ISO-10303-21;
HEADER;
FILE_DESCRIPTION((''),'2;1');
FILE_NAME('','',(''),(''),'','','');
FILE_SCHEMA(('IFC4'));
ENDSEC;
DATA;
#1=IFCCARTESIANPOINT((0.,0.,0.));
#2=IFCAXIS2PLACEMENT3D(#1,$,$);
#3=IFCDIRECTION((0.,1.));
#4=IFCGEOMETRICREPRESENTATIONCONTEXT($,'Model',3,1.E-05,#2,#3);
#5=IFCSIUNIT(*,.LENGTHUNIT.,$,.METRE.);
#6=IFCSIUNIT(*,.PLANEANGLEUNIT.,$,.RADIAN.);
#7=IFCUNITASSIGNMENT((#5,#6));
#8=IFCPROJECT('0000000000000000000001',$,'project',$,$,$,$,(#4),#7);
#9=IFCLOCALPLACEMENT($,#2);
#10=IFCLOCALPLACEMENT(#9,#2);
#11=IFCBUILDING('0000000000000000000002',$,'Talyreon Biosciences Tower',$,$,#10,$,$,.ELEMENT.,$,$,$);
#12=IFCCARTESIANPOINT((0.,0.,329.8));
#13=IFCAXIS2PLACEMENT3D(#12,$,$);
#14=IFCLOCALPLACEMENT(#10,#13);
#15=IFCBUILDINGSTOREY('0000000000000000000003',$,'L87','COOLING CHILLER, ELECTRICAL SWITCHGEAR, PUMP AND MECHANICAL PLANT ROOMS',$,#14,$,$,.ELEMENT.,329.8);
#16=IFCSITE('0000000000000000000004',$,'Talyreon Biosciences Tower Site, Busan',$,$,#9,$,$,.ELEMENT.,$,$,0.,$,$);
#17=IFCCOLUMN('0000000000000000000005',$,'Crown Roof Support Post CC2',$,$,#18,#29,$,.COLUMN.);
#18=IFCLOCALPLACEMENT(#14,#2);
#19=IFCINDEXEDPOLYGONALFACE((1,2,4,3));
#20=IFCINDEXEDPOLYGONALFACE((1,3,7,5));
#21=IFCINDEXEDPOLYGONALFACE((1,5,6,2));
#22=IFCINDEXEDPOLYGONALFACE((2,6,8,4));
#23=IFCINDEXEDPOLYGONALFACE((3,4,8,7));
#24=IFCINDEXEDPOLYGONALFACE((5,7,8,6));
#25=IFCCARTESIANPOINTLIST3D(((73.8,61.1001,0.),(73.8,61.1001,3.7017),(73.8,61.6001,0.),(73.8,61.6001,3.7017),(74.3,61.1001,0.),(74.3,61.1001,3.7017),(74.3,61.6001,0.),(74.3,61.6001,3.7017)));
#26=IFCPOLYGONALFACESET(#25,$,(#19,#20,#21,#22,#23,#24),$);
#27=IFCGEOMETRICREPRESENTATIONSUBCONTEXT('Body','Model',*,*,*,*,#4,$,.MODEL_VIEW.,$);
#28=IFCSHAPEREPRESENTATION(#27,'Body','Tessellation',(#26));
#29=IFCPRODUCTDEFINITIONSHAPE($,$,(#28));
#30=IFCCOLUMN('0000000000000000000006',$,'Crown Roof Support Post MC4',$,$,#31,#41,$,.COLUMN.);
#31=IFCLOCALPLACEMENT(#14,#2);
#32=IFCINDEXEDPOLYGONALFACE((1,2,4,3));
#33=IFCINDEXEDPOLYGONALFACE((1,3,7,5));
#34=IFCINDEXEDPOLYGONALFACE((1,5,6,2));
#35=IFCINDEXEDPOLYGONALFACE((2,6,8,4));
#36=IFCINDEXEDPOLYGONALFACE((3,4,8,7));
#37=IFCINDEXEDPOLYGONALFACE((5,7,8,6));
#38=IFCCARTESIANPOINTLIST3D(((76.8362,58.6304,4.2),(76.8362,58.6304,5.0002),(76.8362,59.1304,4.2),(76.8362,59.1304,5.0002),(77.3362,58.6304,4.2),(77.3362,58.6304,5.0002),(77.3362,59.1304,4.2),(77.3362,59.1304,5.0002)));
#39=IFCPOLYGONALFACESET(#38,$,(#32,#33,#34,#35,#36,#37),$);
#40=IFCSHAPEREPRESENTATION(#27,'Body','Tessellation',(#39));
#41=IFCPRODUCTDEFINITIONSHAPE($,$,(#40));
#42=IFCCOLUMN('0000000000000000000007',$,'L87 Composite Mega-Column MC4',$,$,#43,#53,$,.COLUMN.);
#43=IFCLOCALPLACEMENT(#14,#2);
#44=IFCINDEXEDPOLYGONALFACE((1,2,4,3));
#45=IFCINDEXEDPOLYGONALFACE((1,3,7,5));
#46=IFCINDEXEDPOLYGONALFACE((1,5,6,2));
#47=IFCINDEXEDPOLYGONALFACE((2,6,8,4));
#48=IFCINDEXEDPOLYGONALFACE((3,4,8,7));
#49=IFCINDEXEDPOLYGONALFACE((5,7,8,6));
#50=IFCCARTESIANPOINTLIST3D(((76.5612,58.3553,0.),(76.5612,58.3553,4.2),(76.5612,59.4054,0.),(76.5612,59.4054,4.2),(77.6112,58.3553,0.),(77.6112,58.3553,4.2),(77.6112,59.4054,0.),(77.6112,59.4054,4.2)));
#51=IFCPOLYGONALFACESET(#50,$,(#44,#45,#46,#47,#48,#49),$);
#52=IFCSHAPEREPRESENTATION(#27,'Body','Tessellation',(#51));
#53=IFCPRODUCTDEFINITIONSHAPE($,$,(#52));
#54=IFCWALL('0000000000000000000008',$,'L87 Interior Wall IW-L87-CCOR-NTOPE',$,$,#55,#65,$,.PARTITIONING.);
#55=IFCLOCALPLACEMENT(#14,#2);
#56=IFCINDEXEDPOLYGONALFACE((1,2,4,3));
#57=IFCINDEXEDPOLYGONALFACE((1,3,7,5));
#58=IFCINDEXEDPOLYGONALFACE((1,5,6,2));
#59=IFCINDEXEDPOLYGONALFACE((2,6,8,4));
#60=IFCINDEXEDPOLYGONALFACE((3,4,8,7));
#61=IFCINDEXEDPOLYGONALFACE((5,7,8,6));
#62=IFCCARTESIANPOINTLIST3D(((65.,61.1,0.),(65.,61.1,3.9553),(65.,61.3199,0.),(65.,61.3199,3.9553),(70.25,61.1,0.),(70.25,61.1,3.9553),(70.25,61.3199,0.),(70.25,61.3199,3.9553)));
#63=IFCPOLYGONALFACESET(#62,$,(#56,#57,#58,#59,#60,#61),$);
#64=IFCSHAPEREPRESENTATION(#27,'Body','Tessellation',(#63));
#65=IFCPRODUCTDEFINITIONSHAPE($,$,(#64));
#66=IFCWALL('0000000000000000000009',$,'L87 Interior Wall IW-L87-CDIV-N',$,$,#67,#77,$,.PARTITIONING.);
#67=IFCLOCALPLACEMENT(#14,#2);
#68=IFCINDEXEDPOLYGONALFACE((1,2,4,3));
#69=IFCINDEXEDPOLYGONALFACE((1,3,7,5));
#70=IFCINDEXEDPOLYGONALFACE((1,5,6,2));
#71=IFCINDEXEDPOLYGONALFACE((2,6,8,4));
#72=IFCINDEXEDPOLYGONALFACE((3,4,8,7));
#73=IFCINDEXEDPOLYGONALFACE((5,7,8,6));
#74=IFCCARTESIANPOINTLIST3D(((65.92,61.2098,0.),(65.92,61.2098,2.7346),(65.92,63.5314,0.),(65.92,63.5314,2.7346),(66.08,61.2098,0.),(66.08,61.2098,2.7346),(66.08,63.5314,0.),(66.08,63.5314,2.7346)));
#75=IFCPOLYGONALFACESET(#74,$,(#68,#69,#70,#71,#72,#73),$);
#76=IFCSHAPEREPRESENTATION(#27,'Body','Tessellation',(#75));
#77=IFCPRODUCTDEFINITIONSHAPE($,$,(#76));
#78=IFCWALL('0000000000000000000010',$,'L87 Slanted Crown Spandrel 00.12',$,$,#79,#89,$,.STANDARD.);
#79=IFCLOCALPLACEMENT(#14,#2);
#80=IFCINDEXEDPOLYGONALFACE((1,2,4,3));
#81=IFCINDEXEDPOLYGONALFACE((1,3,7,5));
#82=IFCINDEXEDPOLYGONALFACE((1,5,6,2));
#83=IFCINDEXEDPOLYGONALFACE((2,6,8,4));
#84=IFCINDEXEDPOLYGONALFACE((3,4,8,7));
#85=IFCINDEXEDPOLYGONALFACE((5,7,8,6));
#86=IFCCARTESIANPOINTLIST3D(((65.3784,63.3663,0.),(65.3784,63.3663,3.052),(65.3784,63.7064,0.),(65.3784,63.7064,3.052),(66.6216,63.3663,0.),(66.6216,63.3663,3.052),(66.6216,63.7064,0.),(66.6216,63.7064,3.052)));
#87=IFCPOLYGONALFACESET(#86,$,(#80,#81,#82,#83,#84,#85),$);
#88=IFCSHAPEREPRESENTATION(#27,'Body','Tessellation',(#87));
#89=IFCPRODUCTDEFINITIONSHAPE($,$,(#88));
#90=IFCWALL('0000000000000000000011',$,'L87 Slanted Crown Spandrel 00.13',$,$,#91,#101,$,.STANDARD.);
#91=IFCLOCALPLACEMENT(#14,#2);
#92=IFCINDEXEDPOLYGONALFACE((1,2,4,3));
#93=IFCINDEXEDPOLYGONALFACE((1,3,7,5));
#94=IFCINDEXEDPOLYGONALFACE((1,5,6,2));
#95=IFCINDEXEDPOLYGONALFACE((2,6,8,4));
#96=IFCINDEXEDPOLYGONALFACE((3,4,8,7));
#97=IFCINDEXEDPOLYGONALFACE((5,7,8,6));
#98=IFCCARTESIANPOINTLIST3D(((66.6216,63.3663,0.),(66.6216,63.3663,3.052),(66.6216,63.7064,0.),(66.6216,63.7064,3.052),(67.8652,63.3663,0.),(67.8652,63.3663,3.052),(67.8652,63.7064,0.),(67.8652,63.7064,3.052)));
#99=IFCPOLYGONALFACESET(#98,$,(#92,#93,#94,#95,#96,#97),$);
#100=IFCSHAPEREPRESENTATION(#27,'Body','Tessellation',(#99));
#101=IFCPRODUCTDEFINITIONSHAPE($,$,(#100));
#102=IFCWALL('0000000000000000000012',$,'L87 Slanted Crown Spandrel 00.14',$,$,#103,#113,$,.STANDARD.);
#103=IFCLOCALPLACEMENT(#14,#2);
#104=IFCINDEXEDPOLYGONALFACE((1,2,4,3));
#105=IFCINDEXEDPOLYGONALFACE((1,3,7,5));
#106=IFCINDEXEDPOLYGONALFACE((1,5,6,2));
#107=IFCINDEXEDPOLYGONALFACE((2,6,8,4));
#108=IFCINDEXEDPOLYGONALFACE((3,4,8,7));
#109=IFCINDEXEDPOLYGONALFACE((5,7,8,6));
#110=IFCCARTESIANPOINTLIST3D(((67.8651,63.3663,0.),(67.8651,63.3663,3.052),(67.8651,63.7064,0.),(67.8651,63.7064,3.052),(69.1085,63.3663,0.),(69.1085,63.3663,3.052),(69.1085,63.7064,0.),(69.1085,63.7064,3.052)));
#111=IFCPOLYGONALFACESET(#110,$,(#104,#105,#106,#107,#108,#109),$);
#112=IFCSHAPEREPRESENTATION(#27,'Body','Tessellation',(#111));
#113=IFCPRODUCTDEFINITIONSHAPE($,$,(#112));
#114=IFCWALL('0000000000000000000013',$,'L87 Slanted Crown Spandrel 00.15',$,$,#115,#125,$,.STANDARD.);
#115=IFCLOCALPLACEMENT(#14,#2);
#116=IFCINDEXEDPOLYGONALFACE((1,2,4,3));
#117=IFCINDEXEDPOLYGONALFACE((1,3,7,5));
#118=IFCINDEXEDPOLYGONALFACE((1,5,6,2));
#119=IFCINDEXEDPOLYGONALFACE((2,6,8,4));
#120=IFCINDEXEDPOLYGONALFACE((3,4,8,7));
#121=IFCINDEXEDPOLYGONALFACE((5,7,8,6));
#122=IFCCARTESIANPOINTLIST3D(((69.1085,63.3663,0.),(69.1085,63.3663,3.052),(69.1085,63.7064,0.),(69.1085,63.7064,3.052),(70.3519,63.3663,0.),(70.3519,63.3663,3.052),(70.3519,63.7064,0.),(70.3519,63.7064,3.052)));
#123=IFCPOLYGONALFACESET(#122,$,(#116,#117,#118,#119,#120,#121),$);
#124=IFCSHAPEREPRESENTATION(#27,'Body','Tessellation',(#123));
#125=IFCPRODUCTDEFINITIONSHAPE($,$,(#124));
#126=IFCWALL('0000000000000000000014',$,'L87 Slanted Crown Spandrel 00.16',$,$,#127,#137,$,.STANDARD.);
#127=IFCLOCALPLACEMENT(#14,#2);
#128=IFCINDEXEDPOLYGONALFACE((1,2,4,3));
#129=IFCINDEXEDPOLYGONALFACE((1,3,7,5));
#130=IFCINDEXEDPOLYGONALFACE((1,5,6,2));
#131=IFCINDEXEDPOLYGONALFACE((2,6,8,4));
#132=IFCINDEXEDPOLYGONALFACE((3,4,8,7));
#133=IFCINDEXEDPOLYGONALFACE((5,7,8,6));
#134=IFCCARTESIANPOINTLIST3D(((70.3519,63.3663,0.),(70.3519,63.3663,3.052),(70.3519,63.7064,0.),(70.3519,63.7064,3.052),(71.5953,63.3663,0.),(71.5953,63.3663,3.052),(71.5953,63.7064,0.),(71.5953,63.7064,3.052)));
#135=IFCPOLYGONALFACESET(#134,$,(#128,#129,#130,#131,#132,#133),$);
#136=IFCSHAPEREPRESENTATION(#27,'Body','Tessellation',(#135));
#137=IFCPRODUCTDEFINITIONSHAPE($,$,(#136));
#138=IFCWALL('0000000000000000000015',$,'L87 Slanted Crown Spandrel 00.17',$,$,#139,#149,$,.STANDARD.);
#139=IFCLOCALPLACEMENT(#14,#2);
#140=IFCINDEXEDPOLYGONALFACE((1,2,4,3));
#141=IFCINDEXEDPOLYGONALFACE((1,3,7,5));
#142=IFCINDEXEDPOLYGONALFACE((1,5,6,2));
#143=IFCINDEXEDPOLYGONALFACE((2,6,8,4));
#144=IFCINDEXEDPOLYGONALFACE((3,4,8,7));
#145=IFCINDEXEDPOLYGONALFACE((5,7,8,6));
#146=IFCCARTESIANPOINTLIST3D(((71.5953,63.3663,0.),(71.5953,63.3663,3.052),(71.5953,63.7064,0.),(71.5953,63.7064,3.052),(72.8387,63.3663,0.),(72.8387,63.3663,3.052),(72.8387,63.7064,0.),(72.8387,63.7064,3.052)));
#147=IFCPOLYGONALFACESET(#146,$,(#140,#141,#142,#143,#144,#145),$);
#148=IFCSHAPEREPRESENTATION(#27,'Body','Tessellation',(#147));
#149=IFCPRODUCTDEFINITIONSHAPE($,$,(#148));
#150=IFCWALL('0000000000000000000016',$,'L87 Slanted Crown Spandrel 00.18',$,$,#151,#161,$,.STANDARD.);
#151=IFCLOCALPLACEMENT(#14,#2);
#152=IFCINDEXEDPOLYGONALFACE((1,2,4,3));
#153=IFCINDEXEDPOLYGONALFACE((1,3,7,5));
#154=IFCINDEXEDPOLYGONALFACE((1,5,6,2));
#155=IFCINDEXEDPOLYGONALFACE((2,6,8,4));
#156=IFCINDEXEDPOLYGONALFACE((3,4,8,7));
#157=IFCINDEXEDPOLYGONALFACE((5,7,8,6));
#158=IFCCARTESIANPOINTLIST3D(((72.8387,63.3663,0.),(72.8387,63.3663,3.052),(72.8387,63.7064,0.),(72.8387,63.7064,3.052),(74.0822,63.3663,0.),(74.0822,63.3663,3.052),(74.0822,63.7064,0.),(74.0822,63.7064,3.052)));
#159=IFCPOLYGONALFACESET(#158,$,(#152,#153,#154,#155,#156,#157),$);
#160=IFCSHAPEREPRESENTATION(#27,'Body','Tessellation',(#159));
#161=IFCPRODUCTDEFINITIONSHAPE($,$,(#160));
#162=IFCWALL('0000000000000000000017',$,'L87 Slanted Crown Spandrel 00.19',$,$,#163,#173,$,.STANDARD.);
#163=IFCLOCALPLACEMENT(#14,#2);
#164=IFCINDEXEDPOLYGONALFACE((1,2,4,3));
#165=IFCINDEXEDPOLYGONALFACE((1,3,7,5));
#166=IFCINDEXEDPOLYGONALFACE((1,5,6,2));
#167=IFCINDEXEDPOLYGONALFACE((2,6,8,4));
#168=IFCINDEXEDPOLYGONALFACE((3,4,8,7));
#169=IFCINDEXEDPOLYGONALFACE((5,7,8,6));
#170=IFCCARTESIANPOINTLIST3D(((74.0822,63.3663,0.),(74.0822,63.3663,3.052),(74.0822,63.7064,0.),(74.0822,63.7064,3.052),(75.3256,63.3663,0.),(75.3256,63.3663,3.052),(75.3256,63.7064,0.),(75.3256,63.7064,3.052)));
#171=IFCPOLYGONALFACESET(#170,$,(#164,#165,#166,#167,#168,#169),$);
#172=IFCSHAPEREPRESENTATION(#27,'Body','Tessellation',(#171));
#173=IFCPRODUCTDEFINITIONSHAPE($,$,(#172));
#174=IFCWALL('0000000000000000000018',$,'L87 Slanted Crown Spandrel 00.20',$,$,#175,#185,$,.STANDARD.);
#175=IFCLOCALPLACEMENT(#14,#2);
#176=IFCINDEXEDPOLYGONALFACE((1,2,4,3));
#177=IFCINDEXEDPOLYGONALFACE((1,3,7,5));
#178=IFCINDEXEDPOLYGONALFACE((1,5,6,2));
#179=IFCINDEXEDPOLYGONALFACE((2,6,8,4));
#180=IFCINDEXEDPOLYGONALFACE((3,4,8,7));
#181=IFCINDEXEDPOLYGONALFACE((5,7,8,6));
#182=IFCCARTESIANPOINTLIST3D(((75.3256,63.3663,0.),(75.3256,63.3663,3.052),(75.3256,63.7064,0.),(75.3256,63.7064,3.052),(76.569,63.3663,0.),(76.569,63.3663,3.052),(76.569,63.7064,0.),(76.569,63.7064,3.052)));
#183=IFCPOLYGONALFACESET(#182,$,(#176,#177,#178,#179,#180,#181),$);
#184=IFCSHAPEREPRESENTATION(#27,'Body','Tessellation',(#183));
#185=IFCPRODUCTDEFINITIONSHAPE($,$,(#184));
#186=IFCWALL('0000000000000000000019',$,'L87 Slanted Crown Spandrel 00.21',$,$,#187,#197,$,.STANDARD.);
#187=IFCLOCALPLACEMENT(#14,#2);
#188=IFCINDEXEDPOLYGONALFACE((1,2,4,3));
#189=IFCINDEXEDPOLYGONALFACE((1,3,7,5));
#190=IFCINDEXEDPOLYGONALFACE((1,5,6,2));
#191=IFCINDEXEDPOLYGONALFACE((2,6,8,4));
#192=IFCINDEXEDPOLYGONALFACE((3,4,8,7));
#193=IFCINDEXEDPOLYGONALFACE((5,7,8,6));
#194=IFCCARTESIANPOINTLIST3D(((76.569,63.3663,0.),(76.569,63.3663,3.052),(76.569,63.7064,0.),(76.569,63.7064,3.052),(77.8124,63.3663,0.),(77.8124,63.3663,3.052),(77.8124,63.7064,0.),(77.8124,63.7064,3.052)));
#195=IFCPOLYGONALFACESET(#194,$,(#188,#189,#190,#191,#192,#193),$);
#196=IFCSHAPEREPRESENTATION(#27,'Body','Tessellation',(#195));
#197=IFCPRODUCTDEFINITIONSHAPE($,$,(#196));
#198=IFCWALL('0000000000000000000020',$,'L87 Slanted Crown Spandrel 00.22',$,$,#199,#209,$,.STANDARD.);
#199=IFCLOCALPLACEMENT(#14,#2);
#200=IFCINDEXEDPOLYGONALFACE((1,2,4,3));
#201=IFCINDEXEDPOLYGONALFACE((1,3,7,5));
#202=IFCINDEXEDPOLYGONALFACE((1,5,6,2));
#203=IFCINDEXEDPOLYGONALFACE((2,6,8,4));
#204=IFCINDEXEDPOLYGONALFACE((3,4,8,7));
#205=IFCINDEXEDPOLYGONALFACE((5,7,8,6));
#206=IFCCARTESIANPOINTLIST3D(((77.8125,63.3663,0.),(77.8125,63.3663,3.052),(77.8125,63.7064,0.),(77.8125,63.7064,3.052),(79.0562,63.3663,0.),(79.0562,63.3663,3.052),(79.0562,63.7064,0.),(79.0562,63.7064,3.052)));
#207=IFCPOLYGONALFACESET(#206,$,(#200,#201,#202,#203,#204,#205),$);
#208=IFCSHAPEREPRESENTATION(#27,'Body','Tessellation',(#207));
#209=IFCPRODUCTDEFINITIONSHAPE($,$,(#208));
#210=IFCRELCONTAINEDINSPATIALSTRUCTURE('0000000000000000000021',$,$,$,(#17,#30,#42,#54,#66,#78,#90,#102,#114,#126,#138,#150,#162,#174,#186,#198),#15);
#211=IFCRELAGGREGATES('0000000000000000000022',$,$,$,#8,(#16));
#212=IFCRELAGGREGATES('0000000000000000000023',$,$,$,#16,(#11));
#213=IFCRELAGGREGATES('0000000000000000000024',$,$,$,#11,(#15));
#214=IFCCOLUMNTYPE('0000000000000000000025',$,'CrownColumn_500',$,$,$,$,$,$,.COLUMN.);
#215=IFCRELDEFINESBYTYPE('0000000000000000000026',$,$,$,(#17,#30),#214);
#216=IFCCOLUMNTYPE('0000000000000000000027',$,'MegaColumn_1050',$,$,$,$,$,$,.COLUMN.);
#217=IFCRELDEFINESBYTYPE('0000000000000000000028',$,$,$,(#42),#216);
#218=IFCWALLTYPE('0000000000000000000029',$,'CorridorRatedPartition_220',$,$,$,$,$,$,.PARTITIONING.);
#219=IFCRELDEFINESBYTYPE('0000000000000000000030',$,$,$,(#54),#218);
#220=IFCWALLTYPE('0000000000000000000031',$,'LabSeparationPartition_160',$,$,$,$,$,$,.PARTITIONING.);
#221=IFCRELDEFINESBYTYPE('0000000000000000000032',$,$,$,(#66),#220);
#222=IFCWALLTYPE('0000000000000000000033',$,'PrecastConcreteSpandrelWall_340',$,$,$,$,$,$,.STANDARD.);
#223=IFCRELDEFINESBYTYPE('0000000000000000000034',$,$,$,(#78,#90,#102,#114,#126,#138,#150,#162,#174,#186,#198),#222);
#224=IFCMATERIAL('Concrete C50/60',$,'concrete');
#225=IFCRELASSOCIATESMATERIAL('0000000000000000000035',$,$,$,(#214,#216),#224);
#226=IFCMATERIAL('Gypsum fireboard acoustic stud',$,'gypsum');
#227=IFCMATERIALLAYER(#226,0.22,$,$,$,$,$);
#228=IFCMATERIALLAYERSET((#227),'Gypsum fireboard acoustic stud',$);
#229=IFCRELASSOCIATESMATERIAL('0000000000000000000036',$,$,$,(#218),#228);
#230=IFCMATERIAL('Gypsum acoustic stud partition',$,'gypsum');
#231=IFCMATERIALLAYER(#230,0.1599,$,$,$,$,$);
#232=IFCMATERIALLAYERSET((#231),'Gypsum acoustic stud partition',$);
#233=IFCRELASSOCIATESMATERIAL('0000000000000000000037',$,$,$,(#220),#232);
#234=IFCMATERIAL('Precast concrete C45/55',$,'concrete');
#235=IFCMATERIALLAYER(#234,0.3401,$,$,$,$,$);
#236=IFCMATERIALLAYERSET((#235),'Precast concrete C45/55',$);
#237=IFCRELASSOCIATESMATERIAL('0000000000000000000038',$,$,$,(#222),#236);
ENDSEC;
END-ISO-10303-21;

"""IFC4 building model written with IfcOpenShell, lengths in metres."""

from ifc_helpers import new_model, si_unit, direction, frame, frame_2d, origin, origin_2d, place, context, subcontext, project, spatial, rectangle, extrude, material, layer, layer_set, material_profile, profile_set, type_object, element, save


model = new_model("IFC4")

# Units and contexts
model_context = context("Model", 3, precision=1e-05, world=origin(), true_north=direction((0.0, 1.0)))
body_context = subcontext(model_context, "Body", "Model", "MODEL_VIEW")
ifc_project = project(units=[si_unit("LENGTHUNIT", "METRE"), si_unit("PLANEANGLEUNIT", "RADIAN")], contexts=[model_context])

# Site, building, storey
site_placement = place(None, origin())
site = spatial("IfcSite", under=ifc_project, at=site_placement, Name="Talyreon Biosciences Tower Site, Busan", CompositionType="ELEMENT", RefElevation=0.0)
building_placement = place(site_placement, origin())
building = spatial("IfcBuilding", under=site, at=building_placement, Name="Talyreon Biosciences Tower", CompositionType="ELEMENT")
storey_placement = place(building_placement, frame((0.0, 0.0, 329.8)))
storey = spatial("IfcBuildingStorey", under=building, at=storey_placement, Name="L87", Description="COOLING CHILLER, ELECTRICAL SWITCHGEAR, PUMP AND MECHANICAL PLANT ROOMS", CompositionType="ELEMENT", Elevation=329.8)

# Columns
ifc_material_1 = material(Name="Concrete C50/60", Category="concrete")
ifc_material_profile_1 = material_profile(ifc_material_1, rectangle(XDim=0.5, YDim=0.5, at=origin_2d()), Name="RC 500x500")
ifc_profile_set_1 = profile_set([ifc_material_profile_1], Name="Concrete C50/60")
column_type_1 = type_object("IfcColumnType", Name="CrownColumn_500", PredefinedType="COLUMN", material=ifc_profile_set_1)
column_1_placement = place(storey_placement, frame((74.05, 61.3501, 0.0), z_axis=(0.0, 0.0, 1.0), x_axis=(1.0, 0.0, 0.0)))
element("IfcColumn", 1, at=column_1_placement, inside=storey, type_object=column_type_1, Name="Crown Roof Support Post CC2", PredefinedType="COLUMN", context=body_context, shape_type="SweptSolid", body=[
    extrude(rectangle(XDim=0.5, YDim=0.5, at=origin_2d()), origin(), (0.0, 0.0, 1.0), 3.7017),
])
column_2_placement = place(storey_placement, frame((77.0862, 58.8804, 4.2), z_axis=(0.0, 0.0, 1.0), x_axis=(1.0, 0.0, 0.0)))
element("IfcColumn", 2, at=column_2_placement, inside=storey, type_object=column_type_1, Name="Crown Roof Support Post MC4", PredefinedType="COLUMN", context=body_context, shape_type="SweptSolid", body=[
    extrude(rectangle(XDim=0.5, YDim=0.5, at=origin_2d()), origin(), (0.0, 0.0, 1.0), 0.8003),
])
ifc_material_profile_2 = material_profile(ifc_material_1, rectangle(XDim=1.05, YDim=1.05, at=origin_2d()), Name="RC 1050x1050")
ifc_profile_set_2 = profile_set([ifc_material_profile_2], Name="Concrete C50/60")
column_type_2 = type_object("IfcColumnType", Name="MegaColumn_1050", PredefinedType="COLUMN", material=ifc_profile_set_2)
column_3_placement = place(storey_placement, frame((77.0862, 58.8804, 0.0), z_axis=(0.0, 0.0, 1.0), x_axis=(1.0, 0.0, 0.0)))
element("IfcColumn", 3, at=column_3_placement, inside=storey, type_object=column_type_2, Name="L87 Composite Mega-Column MC4", PredefinedType="COLUMN", context=body_context, shape_type="SweptSolid", body=[
    extrude(rectangle(XDim=1.05, YDim=1.05, at=origin_2d()), origin(), (0.0, 0.0, 1.0), 4.2),
])

# Walls
ifc_material_2 = material(Name="Gypsum fireboard acoustic stud", Category="gypsum")
ifc_layer_1 = layer(ifc_material_2, 0.22)
ifc_layer_set_1 = layer_set([ifc_layer_1], Name="Gypsum fireboard acoustic stud")
wall_type_1 = type_object("IfcWallType", Name="CorridorRatedPartition_220", PredefinedType="PARTITIONING", material=ifc_layer_set_1)
wall_1_placement = place(storey_placement, frame((65.0, 61.21, 0.0), z_axis=(0.0, 0.0, 1.0), x_axis=(1.0, 0.0, 0.0)))
element("IfcWall", 4, at=wall_1_placement, inside=storey, type_object=wall_type_1, Name="L87 Interior Wall IW-L87-CCOR-NTOPE", PredefinedType="PARTITIONING", context=body_context, shape_type="SweptSolid", body=[
    extrude(rectangle(XDim=5.25, YDim=0.22, at=frame_2d((2.625, 0.0))), origin(), (0.0, 0.0, 1.0), 3.9553),
])
ifc_material_3 = material(Name="Gypsum acoustic stud partition", Category="gypsum")
ifc_layer_2 = layer(ifc_material_3, 0.1599)
ifc_layer_set_2 = layer_set([ifc_layer_2], Name="Gypsum acoustic stud partition")
wall_type_2 = type_object("IfcWallType", Name="LabSeparationPartition_160", PredefinedType="PARTITIONING", material=ifc_layer_set_2)
wall_2_placement = place(storey_placement, frame((66.0, 61.21, 0.0), z_axis=(0.0, 0.0, 1.0), x_axis=(0.0, 1.0, 0.0)))
element("IfcWall", 5, at=wall_2_placement, inside=storey, type_object=wall_type_2, Name="L87 Interior Wall IW-L87-CDIV-N", PredefinedType="PARTITIONING", context=body_context, shape_type="SweptSolid", body=[
    extrude(rectangle(XDim=2.3215, YDim=0.1599, at=frame_2d((1.1606, 0.0))), origin(), (0.0, 0.0, 1.0), 2.7346),
])
ifc_material_4 = material(Name="Precast concrete C45/55", Category="concrete")
ifc_layer_3 = layer(ifc_material_4, 0.3401)
ifc_layer_set_3 = layer_set([ifc_layer_3], Name="Precast concrete C45/55")
wall_type_3 = type_object("IfcWallType", Name="PrecastConcreteSpandrelWall_340", PredefinedType="STANDARD", material=ifc_layer_set_3)
wall_3_placement = place(storey_placement, frame((65.3784, 63.5364, 0.0), z_axis=(0.0, 0.0, 1.0), x_axis=(1.0, 0.0, 0.0)))
element("IfcWall", 6, at=wall_3_placement, inside=storey, type_object=wall_type_3, Name="L87 Slanted Crown Spandrel 00.12", PredefinedType="STANDARD", context=body_context, shape_type="SweptSolid", body=[
    extrude(rectangle(XDim=1.2432, YDim=0.3401, at=frame_2d((0.6216, 0.0))), origin(), (0.0, 0.0, 1.0), 3.052),
])
wall_4_placement = place(storey_placement, frame((66.6216, 63.5364, 0.0), z_axis=(0.0, 0.0, 1.0), x_axis=(1.0, 0.0, 0.0)))
element("IfcWall", 7, at=wall_4_placement, inside=storey, type_object=wall_type_3, Name="L87 Slanted Crown Spandrel 00.13", PredefinedType="STANDARD", context=body_context, shape_type="SweptSolid", body=[
    extrude(rectangle(XDim=1.2437, YDim=0.3401, at=frame_2d((0.6218, 0.0))), origin(), (0.0, 0.0, 1.0), 3.052),
])
for number, where, z_axis, x_axis, name in (
    (8, (67.8652, 63.5364, 0.0), (0.0, 0.0, 1.0), (1.0, 0.0, 0.0), "L87 Slanted Crown Spandrel 00.14"),
    (9, (69.1086, 63.5364, 0.0), (0.0, 0.0, 1.0), (1.0, 0.0, 0.0), "L87 Slanted Crown Spandrel 00.15"),
    (10, (70.3521, 63.5364, 0.0), (0.0, 0.0, 1.0), (1.0, 0.0, 0.0), "L87 Slanted Crown Spandrel 00.16"),
    (11, (71.5955, 63.5364, 0.0), (0.0, 0.0, 1.0), (1.0, 0.0, 0.0), "L87 Slanted Crown Spandrel 00.17"),
    (12, (72.8389, 63.5364, 0.0), (0.0, 0.0, 1.0), (1.0, 0.0, 0.0), "L87 Slanted Crown Spandrel 00.18"),
    (13, (74.0823, 63.5364, 0.0), (0.0, 0.0, 1.0), (1.0, 0.0, 0.0), "L87 Slanted Crown Spandrel 00.19"),
    (14, (75.3257, 63.5364, 0.0), (0.0, 0.0, 1.0), (1.0, 0.0, 0.0), "L87 Slanted Crown Spandrel 00.20"),
    (15, (76.5691, 63.5364, 0.0), (0.0, 0.0, 1.0), (1.0, 0.0, 0.0), "L87 Slanted Crown Spandrel 00.21"),
):
    element("IfcWall", number, at=place(storey_placement, frame(where, z_axis=z_axis, x_axis=x_axis)), inside=storey, type_object=wall_type_3, Name=name, PredefinedType="STANDARD", context=body_context, shape_type="SweptSolid", body=[
        extrude(rectangle(XDim=1.2434, YDim=0.3401, at=frame_2d((0.6216, 0.0))), origin(), (0.0, 0.0, 1.0), 3.052),
    ])
wall_5_placement = place(storey_placement, frame((77.8125, 63.5364, 0.0), z_axis=(0.0, 0.0, 1.0), x_axis=(1.0, 0.0, 0.0)))
element("IfcWall", 16, at=wall_5_placement, inside=storey, type_object=wall_type_3, Name="L87 Slanted Crown Spandrel 00.22", PredefinedType="STANDARD", context=body_context, shape_type="SweptSolid", body=[
    extrude(rectangle(XDim=1.2437, YDim=0.3401, at=frame_2d((0.6218, 0.0))), origin(), (0.0, 0.0, 1.0), 3.052),
])

save(model, "model.ifc")
